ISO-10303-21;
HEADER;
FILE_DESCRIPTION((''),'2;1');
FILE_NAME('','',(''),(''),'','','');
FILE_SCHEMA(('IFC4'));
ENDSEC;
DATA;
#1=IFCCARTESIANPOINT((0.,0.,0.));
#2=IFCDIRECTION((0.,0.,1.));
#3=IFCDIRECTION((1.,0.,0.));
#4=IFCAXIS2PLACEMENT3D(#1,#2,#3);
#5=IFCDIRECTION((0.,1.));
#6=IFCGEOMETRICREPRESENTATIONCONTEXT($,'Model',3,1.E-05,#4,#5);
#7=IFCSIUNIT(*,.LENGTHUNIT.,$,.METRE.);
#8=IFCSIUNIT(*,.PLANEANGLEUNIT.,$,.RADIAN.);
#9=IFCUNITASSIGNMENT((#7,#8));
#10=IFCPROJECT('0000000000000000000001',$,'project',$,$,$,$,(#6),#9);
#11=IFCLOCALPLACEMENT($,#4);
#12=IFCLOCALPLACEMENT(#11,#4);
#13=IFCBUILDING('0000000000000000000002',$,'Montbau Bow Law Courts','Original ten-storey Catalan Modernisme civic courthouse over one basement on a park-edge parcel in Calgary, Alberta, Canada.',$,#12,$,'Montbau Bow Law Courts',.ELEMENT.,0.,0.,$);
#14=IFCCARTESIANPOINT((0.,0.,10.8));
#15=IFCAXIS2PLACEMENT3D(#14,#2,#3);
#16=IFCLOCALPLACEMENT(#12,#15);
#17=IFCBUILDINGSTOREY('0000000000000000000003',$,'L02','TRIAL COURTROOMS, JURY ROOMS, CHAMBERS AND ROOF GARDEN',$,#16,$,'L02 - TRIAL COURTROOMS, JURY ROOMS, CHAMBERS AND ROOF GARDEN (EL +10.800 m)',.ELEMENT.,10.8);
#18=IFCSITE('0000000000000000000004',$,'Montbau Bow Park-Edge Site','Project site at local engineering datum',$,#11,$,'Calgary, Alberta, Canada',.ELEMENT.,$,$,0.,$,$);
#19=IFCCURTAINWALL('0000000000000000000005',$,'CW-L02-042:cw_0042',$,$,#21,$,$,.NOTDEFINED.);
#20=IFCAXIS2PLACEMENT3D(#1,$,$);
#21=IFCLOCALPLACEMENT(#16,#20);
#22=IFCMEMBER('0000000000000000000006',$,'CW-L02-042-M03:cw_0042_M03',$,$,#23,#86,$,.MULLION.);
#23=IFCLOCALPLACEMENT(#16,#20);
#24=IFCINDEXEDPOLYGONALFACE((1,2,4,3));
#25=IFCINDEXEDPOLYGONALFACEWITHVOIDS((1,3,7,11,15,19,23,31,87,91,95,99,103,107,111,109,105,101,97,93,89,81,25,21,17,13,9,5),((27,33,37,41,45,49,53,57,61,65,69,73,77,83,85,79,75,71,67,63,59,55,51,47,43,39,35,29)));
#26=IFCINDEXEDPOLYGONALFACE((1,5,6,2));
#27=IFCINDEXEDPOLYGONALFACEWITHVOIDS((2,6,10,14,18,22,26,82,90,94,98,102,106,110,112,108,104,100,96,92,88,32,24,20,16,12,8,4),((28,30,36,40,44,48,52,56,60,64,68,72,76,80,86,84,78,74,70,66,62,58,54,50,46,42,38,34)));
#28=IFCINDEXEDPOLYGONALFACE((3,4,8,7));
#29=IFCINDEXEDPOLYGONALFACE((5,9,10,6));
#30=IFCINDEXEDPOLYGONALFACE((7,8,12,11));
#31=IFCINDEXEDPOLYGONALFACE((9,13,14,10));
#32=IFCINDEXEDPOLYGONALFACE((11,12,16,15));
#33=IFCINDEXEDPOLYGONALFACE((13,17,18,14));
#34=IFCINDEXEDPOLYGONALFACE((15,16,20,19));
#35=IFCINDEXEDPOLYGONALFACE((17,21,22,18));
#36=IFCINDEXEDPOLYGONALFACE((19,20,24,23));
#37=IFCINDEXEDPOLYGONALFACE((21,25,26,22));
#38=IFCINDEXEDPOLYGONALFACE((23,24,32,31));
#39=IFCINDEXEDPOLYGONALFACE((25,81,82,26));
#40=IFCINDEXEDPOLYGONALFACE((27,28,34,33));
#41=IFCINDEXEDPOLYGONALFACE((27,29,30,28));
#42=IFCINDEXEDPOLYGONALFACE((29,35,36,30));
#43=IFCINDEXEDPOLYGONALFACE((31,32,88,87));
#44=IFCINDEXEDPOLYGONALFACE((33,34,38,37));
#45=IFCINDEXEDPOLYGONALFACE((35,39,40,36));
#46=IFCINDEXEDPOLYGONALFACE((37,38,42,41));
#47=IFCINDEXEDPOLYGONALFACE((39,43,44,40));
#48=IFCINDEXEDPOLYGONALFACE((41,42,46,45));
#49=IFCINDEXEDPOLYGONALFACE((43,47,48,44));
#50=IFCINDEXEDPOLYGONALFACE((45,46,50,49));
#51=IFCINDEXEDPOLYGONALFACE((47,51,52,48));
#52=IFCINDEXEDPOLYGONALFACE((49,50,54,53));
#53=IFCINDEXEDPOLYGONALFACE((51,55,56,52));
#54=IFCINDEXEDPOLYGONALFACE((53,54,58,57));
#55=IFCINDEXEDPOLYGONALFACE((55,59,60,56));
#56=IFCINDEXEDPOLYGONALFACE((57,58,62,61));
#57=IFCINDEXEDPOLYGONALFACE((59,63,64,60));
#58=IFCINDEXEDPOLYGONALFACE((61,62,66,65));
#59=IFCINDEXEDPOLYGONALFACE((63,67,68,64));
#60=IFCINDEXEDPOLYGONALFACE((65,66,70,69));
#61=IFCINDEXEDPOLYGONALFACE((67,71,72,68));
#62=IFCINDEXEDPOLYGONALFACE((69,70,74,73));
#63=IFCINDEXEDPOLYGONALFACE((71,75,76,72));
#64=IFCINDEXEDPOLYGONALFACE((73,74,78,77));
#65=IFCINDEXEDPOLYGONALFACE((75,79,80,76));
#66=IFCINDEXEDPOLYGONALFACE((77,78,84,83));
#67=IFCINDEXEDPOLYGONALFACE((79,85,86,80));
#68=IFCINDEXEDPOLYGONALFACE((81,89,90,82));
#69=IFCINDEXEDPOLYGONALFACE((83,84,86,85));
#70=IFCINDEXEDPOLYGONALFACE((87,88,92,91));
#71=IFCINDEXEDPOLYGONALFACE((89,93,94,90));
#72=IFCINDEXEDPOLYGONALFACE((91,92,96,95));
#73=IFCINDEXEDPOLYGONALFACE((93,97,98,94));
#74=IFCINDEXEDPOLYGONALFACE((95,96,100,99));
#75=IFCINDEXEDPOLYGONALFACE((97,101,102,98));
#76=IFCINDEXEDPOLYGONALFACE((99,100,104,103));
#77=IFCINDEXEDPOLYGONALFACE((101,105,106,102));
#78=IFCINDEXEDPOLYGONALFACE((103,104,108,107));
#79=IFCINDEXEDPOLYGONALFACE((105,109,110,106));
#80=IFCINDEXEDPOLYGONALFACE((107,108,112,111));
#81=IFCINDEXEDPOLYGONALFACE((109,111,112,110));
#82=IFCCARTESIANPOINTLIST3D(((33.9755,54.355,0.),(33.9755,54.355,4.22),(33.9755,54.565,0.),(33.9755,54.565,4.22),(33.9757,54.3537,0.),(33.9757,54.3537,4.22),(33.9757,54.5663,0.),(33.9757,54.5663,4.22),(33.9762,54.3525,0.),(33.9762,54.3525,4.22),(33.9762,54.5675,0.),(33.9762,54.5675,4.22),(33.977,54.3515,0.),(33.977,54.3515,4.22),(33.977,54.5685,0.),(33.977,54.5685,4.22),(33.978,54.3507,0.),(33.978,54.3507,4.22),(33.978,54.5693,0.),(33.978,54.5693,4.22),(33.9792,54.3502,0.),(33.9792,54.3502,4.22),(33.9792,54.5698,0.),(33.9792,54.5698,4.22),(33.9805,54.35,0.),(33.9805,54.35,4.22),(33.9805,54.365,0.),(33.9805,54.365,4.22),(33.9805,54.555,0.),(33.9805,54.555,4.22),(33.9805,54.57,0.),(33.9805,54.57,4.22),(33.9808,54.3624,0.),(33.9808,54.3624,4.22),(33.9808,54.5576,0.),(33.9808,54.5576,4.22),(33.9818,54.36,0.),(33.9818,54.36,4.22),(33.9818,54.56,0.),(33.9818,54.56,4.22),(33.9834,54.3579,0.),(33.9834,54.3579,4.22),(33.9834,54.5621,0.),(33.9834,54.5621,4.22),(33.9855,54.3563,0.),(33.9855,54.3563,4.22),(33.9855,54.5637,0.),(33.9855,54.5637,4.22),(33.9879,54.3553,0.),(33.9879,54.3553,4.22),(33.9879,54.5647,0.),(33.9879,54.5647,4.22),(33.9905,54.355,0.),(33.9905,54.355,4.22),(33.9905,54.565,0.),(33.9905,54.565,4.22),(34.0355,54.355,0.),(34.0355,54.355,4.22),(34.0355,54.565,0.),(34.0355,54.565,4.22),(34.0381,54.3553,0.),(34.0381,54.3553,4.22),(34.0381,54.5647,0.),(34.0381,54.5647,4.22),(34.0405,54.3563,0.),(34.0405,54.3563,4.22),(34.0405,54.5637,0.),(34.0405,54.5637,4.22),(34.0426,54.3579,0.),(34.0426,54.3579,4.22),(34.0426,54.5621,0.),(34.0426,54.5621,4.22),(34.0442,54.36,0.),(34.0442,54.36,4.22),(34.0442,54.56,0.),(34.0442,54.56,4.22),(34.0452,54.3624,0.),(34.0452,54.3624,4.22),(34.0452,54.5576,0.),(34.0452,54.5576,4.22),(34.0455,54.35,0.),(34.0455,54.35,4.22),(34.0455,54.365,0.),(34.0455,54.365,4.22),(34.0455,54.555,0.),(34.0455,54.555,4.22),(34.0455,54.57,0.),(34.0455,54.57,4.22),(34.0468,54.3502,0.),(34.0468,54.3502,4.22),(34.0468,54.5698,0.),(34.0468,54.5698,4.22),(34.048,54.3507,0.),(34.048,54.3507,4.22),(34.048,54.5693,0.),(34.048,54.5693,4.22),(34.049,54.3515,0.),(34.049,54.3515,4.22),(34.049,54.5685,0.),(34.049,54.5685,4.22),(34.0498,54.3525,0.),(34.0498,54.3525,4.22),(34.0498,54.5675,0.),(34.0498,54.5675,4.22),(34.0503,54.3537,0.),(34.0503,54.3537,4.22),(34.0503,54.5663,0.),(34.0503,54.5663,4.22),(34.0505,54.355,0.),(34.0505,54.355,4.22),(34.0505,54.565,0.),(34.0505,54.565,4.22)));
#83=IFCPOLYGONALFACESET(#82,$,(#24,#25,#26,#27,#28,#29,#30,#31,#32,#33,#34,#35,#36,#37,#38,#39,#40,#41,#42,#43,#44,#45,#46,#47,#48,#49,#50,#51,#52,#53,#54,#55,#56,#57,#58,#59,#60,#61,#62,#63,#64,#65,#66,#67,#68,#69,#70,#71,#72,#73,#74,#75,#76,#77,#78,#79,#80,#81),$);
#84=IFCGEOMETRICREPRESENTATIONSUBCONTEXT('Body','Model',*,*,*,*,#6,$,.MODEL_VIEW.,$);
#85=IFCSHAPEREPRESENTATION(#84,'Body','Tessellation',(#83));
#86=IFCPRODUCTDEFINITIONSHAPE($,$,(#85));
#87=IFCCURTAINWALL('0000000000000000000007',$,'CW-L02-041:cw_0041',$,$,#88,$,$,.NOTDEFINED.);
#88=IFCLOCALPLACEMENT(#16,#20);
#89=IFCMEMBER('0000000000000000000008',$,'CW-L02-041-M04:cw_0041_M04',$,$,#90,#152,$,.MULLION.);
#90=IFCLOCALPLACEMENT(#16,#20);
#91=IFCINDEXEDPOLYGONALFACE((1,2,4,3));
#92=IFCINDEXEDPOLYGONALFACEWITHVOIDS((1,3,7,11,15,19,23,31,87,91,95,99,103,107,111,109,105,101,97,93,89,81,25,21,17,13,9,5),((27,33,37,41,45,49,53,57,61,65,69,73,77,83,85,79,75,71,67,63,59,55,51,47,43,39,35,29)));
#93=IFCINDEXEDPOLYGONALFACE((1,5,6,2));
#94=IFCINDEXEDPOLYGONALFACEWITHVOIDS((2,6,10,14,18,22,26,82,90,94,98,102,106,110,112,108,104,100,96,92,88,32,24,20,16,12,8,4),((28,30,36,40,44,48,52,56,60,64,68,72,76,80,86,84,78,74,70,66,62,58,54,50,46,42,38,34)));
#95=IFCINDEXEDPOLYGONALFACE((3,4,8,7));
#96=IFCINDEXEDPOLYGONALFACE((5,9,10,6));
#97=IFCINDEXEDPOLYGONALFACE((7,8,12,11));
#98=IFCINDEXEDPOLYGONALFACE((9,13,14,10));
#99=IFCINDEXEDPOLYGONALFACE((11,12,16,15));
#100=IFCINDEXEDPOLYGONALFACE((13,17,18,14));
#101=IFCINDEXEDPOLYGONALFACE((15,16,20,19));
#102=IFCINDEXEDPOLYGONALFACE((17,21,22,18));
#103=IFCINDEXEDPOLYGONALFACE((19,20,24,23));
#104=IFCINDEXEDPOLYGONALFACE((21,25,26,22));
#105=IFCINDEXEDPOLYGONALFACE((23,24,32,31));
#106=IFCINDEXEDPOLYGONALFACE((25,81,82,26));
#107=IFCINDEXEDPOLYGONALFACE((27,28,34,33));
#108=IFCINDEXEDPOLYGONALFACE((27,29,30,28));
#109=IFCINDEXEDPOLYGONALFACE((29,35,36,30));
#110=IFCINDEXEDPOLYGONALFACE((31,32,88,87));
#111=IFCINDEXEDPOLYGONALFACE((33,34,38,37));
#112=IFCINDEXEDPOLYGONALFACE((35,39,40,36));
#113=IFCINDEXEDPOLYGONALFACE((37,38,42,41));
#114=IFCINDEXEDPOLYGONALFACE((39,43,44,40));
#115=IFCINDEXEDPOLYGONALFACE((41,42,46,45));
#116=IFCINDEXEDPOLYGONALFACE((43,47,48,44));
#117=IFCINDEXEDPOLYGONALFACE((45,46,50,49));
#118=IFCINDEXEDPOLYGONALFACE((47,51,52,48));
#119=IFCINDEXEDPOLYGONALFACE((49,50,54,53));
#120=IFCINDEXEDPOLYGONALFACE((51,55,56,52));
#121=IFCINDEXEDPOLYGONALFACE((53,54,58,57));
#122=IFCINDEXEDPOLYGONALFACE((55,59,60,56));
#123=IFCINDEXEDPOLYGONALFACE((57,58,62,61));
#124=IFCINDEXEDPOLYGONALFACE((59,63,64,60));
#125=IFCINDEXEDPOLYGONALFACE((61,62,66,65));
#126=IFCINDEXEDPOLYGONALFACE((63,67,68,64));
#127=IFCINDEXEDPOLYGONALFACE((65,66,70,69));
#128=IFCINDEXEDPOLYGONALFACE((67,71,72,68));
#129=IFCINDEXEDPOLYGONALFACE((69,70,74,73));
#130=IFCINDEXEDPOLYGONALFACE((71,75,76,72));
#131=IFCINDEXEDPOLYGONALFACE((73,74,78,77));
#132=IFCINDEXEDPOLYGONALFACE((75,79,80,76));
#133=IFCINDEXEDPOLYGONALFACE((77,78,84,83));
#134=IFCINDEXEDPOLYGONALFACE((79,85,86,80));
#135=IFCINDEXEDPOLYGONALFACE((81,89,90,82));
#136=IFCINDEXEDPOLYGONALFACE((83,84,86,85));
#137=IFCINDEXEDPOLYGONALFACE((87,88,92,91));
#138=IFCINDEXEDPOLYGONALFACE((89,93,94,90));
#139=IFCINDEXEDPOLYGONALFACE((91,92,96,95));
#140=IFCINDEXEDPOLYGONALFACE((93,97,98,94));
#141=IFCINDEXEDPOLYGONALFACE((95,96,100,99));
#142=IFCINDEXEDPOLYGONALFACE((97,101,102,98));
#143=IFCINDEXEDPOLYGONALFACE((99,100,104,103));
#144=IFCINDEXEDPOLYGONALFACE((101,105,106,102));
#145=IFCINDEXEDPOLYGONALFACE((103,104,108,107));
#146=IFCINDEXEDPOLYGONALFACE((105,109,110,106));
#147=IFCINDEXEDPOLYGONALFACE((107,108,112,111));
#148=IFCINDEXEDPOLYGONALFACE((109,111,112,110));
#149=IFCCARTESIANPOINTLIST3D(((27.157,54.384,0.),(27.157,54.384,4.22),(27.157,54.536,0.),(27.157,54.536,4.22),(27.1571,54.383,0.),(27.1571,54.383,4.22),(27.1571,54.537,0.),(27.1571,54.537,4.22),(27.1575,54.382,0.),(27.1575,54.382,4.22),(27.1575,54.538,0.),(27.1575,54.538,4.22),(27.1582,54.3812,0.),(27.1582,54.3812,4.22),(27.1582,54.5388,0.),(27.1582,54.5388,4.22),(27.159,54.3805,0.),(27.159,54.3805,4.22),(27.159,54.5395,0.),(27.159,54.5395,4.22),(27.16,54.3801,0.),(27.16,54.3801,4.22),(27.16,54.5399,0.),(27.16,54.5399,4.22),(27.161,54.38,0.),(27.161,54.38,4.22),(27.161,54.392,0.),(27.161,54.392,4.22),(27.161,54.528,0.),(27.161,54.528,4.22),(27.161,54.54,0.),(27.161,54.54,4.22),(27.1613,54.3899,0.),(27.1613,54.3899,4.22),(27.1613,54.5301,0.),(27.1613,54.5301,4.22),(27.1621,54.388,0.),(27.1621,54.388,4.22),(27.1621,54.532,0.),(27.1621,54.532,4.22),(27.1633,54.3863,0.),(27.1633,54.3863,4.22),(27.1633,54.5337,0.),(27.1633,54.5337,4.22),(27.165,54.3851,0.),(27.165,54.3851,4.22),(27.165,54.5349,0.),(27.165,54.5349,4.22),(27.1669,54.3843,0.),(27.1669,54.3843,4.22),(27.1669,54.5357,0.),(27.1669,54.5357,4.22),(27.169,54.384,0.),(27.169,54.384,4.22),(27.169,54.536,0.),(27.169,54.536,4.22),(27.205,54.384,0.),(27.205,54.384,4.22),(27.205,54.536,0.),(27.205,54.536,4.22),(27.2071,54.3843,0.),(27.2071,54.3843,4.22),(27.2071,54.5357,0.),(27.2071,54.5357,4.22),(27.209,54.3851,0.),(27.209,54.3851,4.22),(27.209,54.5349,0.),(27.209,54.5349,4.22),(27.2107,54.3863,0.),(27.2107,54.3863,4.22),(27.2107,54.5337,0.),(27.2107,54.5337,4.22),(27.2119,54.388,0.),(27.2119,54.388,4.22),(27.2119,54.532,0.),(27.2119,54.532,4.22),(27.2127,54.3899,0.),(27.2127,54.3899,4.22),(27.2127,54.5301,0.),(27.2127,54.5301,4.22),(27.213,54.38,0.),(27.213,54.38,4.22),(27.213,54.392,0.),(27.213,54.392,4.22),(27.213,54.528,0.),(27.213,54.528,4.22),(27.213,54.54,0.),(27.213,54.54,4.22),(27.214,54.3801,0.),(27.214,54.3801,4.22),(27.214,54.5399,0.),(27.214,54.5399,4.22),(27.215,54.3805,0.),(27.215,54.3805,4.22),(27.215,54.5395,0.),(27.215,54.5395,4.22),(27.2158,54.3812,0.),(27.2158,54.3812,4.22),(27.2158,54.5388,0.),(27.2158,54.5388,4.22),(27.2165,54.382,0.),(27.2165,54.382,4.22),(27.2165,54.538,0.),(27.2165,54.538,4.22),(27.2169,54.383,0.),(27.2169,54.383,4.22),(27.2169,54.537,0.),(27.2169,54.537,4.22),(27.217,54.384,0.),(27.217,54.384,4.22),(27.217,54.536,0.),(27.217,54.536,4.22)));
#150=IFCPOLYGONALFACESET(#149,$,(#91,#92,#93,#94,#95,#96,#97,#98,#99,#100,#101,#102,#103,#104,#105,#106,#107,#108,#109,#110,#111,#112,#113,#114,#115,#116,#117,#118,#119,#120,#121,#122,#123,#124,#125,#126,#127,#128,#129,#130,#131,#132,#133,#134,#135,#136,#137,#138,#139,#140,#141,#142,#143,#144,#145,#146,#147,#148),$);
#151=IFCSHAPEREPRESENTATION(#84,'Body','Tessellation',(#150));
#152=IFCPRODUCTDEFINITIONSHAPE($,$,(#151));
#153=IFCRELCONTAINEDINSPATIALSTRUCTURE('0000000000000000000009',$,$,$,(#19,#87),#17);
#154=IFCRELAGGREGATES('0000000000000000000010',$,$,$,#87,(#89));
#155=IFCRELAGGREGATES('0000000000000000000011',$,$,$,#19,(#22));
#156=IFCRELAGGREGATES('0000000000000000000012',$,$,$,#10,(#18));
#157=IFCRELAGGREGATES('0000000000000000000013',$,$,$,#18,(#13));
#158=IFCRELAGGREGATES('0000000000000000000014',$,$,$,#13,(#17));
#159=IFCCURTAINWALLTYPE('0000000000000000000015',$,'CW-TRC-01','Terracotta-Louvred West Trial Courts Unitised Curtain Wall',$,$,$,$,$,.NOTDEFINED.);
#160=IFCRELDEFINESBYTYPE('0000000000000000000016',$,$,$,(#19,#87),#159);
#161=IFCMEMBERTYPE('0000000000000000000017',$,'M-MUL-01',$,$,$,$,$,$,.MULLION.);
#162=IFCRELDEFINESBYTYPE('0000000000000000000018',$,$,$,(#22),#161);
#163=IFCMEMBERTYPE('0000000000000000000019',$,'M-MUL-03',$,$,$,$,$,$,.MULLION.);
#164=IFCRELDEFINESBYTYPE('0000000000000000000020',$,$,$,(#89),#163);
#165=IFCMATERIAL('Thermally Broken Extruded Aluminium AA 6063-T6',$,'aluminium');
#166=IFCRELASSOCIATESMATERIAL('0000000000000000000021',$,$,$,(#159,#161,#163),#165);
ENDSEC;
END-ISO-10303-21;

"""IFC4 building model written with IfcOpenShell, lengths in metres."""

from ifc_helpers import new_model, si_unit, direction, frame, origin_with_axes, origin_2d_with_axis, place, context, subcontext, project, spatial, hollow_rectangle, extrude, material, material_profile, profile_set, type_object, element, aggregate, save


model = new_model("IFC4")

# Units and contexts
model_context = context("Model", 3, precision=1e-05, world=origin_with_axes(), true_north=direction((0.0, 1.0)))
body_context = subcontext(model_context, "Body", "Model", "MODEL_VIEW")
ifc_project = project(units=[si_unit("LENGTHUNIT", "METRE"), si_unit("PLANEANGLEUNIT", "RADIAN")], contexts=[model_context])

# Site, building, storey
site_placement = place(None, origin_with_axes())
site = spatial("IfcSite", under=ifc_project, at=site_placement, Name="Montbau Bow Park-Edge Site", Description="Project site at local engineering datum", LongName="Calgary, Alberta, Canada", CompositionType="ELEMENT", RefElevation=0.0)
building_placement = place(site_placement, origin_with_axes())
building = spatial("IfcBuilding", under=site, at=building_placement, Name="Montbau Bow Law Courts", Description="Original ten-storey Catalan Modernisme civic courthouse over one basement on a park-edge parcel in Calgary, Alberta, Canada.", LongName="Montbau Bow Law Courts", CompositionType="ELEMENT", ElevationOfRefHeight=0.0, ElevationOfTerrain=0.0)
storey_placement = place(building_placement, frame((0.0, 0.0, 10.8), z_axis=(0.0, 0.0, 1.0), x_axis=(1.0, 0.0, 0.0)))
storey = spatial("IfcBuildingStorey", under=building, at=storey_placement, Name="L02", Description="TRIAL COURTROOMS, JURY ROOMS, CHAMBERS AND ROOF GARDEN", LongName="L02 - TRIAL COURTROOMS, JURY ROOMS, CHAMBERS AND ROOF GARDEN (EL +10.800 m)", CompositionType="ELEMENT", Elevation=10.8)

# Curtain walls, members
ifc_material_1 = material(Name="Thermally Broken Extruded Aluminium AA 6063-T6", Category="aluminium")
curtain_wall_type = type_object("IfcCurtainWallType", Name="CW-TRC-01", Description="Terracotta-Louvred West Trial Courts Unitised Curtain Wall", PredefinedType="NOTDEFINED", material=ifc_material_1)
curtain_wall_1_placement = place(None, frame((30.867, 54.46, 10.8), z_axis=(0.0, 0.0, 1.0), x_axis=(1.0, 0.0, 0.0)))
curtain_wall_1 = element("IfcCurtainWall", 1, at=curtain_wall_1_placement, inside=storey, type_object=curtain_wall_type, Name="CW-L02-042:cw_0042", PredefinedType="NOTDEFINED")
ifc_material_profile_1 = material_profile(ifc_material_1, hollow_rectangle(XDim=0.075, YDim=0.22, WallThickness=0.005, InnerFilletRadius=0.01, OuterFilletRadius=0.005, at=origin_2d_with_axis()), Name="CWM-220X75", Category="Main", Priority=0)
ifc_profile_set_1 = profile_set([ifc_material_profile_1], Name="Thermally Broken Extruded Aluminium AA 6063-T6")
member_type_1 = type_object("IfcMemberType", Name="M-MUL-01", PredefinedType="MULLION", material=ifc_profile_set_1)
member_1_placement = place(None, frame((34.013, 54.46, 10.8), z_axis=(0.0, 0.0, 1.0), x_axis=(1.0, 0.0, 0.0)))
member_1 = element("IfcMember", 2, at=member_1_placement, type_object=member_type_1, Name="CW-L02-042-M03:cw_0042_M03", PredefinedType="MULLION", context=body_context, shape_type="SweptSolid", body=[
    extrude(hollow_rectangle(XDim=0.075, YDim=0.22, WallThickness=0.005, InnerFilletRadius=0.01, OuterFilletRadius=0.005, at=origin_2d_with_axis()), origin_with_axes(), (0.0, 0.0, 1.0), 4.22),
])
curtain_wall_2_placement = place(None, frame((22.467, 54.46, 10.8), z_axis=(0.0, 0.0, 1.0), x_axis=(1.0, 0.0, 0.0)))
curtain_wall_2 = element("IfcCurtainWall", 3, at=curtain_wall_2_placement, inside=storey, type_object=curtain_wall_type, Name="CW-L02-041:cw_0041", PredefinedType="NOTDEFINED")
ifc_material_profile_2 = material_profile(ifc_material_1, hollow_rectangle(XDim=0.06, YDim=0.16, WallThickness=0.004, InnerFilletRadius=0.008, OuterFilletRadius=0.004, at=origin_2d_with_axis()), Name="CWM-160X60", Category="Main", Priority=0)
ifc_profile_set_2 = profile_set([ifc_material_profile_2], Name="Thermally Broken Extruded Aluminium AA 6063-T6")
member_type_2 = type_object("IfcMemberType", Name="M-MUL-03", PredefinedType="MULLION", material=ifc_profile_set_2)
member_2_placement = place(None, frame((27.187, 54.46, 10.8), z_axis=(0.0, 0.0, 1.0), x_axis=(1.0, 0.0, 0.0)))
member_2 = element("IfcMember", 4, at=member_2_placement, type_object=member_type_2, Name="CW-L02-041-M04:cw_0041_M04", PredefinedType="MULLION", context=body_context, shape_type="SweptSolid", body=[
    extrude(hollow_rectangle(XDim=0.06, YDim=0.16, WallThickness=0.004, InnerFilletRadius=0.008, OuterFilletRadius=0.004, at=origin_2d_with_axis()), origin_with_axes(), (0.0, 0.0, 1.0), 4.22),
])

aggregate(curtain_wall_2, [member_2])
aggregate(curtain_wall_1, [member_1])

save(model, "model.ifc")
